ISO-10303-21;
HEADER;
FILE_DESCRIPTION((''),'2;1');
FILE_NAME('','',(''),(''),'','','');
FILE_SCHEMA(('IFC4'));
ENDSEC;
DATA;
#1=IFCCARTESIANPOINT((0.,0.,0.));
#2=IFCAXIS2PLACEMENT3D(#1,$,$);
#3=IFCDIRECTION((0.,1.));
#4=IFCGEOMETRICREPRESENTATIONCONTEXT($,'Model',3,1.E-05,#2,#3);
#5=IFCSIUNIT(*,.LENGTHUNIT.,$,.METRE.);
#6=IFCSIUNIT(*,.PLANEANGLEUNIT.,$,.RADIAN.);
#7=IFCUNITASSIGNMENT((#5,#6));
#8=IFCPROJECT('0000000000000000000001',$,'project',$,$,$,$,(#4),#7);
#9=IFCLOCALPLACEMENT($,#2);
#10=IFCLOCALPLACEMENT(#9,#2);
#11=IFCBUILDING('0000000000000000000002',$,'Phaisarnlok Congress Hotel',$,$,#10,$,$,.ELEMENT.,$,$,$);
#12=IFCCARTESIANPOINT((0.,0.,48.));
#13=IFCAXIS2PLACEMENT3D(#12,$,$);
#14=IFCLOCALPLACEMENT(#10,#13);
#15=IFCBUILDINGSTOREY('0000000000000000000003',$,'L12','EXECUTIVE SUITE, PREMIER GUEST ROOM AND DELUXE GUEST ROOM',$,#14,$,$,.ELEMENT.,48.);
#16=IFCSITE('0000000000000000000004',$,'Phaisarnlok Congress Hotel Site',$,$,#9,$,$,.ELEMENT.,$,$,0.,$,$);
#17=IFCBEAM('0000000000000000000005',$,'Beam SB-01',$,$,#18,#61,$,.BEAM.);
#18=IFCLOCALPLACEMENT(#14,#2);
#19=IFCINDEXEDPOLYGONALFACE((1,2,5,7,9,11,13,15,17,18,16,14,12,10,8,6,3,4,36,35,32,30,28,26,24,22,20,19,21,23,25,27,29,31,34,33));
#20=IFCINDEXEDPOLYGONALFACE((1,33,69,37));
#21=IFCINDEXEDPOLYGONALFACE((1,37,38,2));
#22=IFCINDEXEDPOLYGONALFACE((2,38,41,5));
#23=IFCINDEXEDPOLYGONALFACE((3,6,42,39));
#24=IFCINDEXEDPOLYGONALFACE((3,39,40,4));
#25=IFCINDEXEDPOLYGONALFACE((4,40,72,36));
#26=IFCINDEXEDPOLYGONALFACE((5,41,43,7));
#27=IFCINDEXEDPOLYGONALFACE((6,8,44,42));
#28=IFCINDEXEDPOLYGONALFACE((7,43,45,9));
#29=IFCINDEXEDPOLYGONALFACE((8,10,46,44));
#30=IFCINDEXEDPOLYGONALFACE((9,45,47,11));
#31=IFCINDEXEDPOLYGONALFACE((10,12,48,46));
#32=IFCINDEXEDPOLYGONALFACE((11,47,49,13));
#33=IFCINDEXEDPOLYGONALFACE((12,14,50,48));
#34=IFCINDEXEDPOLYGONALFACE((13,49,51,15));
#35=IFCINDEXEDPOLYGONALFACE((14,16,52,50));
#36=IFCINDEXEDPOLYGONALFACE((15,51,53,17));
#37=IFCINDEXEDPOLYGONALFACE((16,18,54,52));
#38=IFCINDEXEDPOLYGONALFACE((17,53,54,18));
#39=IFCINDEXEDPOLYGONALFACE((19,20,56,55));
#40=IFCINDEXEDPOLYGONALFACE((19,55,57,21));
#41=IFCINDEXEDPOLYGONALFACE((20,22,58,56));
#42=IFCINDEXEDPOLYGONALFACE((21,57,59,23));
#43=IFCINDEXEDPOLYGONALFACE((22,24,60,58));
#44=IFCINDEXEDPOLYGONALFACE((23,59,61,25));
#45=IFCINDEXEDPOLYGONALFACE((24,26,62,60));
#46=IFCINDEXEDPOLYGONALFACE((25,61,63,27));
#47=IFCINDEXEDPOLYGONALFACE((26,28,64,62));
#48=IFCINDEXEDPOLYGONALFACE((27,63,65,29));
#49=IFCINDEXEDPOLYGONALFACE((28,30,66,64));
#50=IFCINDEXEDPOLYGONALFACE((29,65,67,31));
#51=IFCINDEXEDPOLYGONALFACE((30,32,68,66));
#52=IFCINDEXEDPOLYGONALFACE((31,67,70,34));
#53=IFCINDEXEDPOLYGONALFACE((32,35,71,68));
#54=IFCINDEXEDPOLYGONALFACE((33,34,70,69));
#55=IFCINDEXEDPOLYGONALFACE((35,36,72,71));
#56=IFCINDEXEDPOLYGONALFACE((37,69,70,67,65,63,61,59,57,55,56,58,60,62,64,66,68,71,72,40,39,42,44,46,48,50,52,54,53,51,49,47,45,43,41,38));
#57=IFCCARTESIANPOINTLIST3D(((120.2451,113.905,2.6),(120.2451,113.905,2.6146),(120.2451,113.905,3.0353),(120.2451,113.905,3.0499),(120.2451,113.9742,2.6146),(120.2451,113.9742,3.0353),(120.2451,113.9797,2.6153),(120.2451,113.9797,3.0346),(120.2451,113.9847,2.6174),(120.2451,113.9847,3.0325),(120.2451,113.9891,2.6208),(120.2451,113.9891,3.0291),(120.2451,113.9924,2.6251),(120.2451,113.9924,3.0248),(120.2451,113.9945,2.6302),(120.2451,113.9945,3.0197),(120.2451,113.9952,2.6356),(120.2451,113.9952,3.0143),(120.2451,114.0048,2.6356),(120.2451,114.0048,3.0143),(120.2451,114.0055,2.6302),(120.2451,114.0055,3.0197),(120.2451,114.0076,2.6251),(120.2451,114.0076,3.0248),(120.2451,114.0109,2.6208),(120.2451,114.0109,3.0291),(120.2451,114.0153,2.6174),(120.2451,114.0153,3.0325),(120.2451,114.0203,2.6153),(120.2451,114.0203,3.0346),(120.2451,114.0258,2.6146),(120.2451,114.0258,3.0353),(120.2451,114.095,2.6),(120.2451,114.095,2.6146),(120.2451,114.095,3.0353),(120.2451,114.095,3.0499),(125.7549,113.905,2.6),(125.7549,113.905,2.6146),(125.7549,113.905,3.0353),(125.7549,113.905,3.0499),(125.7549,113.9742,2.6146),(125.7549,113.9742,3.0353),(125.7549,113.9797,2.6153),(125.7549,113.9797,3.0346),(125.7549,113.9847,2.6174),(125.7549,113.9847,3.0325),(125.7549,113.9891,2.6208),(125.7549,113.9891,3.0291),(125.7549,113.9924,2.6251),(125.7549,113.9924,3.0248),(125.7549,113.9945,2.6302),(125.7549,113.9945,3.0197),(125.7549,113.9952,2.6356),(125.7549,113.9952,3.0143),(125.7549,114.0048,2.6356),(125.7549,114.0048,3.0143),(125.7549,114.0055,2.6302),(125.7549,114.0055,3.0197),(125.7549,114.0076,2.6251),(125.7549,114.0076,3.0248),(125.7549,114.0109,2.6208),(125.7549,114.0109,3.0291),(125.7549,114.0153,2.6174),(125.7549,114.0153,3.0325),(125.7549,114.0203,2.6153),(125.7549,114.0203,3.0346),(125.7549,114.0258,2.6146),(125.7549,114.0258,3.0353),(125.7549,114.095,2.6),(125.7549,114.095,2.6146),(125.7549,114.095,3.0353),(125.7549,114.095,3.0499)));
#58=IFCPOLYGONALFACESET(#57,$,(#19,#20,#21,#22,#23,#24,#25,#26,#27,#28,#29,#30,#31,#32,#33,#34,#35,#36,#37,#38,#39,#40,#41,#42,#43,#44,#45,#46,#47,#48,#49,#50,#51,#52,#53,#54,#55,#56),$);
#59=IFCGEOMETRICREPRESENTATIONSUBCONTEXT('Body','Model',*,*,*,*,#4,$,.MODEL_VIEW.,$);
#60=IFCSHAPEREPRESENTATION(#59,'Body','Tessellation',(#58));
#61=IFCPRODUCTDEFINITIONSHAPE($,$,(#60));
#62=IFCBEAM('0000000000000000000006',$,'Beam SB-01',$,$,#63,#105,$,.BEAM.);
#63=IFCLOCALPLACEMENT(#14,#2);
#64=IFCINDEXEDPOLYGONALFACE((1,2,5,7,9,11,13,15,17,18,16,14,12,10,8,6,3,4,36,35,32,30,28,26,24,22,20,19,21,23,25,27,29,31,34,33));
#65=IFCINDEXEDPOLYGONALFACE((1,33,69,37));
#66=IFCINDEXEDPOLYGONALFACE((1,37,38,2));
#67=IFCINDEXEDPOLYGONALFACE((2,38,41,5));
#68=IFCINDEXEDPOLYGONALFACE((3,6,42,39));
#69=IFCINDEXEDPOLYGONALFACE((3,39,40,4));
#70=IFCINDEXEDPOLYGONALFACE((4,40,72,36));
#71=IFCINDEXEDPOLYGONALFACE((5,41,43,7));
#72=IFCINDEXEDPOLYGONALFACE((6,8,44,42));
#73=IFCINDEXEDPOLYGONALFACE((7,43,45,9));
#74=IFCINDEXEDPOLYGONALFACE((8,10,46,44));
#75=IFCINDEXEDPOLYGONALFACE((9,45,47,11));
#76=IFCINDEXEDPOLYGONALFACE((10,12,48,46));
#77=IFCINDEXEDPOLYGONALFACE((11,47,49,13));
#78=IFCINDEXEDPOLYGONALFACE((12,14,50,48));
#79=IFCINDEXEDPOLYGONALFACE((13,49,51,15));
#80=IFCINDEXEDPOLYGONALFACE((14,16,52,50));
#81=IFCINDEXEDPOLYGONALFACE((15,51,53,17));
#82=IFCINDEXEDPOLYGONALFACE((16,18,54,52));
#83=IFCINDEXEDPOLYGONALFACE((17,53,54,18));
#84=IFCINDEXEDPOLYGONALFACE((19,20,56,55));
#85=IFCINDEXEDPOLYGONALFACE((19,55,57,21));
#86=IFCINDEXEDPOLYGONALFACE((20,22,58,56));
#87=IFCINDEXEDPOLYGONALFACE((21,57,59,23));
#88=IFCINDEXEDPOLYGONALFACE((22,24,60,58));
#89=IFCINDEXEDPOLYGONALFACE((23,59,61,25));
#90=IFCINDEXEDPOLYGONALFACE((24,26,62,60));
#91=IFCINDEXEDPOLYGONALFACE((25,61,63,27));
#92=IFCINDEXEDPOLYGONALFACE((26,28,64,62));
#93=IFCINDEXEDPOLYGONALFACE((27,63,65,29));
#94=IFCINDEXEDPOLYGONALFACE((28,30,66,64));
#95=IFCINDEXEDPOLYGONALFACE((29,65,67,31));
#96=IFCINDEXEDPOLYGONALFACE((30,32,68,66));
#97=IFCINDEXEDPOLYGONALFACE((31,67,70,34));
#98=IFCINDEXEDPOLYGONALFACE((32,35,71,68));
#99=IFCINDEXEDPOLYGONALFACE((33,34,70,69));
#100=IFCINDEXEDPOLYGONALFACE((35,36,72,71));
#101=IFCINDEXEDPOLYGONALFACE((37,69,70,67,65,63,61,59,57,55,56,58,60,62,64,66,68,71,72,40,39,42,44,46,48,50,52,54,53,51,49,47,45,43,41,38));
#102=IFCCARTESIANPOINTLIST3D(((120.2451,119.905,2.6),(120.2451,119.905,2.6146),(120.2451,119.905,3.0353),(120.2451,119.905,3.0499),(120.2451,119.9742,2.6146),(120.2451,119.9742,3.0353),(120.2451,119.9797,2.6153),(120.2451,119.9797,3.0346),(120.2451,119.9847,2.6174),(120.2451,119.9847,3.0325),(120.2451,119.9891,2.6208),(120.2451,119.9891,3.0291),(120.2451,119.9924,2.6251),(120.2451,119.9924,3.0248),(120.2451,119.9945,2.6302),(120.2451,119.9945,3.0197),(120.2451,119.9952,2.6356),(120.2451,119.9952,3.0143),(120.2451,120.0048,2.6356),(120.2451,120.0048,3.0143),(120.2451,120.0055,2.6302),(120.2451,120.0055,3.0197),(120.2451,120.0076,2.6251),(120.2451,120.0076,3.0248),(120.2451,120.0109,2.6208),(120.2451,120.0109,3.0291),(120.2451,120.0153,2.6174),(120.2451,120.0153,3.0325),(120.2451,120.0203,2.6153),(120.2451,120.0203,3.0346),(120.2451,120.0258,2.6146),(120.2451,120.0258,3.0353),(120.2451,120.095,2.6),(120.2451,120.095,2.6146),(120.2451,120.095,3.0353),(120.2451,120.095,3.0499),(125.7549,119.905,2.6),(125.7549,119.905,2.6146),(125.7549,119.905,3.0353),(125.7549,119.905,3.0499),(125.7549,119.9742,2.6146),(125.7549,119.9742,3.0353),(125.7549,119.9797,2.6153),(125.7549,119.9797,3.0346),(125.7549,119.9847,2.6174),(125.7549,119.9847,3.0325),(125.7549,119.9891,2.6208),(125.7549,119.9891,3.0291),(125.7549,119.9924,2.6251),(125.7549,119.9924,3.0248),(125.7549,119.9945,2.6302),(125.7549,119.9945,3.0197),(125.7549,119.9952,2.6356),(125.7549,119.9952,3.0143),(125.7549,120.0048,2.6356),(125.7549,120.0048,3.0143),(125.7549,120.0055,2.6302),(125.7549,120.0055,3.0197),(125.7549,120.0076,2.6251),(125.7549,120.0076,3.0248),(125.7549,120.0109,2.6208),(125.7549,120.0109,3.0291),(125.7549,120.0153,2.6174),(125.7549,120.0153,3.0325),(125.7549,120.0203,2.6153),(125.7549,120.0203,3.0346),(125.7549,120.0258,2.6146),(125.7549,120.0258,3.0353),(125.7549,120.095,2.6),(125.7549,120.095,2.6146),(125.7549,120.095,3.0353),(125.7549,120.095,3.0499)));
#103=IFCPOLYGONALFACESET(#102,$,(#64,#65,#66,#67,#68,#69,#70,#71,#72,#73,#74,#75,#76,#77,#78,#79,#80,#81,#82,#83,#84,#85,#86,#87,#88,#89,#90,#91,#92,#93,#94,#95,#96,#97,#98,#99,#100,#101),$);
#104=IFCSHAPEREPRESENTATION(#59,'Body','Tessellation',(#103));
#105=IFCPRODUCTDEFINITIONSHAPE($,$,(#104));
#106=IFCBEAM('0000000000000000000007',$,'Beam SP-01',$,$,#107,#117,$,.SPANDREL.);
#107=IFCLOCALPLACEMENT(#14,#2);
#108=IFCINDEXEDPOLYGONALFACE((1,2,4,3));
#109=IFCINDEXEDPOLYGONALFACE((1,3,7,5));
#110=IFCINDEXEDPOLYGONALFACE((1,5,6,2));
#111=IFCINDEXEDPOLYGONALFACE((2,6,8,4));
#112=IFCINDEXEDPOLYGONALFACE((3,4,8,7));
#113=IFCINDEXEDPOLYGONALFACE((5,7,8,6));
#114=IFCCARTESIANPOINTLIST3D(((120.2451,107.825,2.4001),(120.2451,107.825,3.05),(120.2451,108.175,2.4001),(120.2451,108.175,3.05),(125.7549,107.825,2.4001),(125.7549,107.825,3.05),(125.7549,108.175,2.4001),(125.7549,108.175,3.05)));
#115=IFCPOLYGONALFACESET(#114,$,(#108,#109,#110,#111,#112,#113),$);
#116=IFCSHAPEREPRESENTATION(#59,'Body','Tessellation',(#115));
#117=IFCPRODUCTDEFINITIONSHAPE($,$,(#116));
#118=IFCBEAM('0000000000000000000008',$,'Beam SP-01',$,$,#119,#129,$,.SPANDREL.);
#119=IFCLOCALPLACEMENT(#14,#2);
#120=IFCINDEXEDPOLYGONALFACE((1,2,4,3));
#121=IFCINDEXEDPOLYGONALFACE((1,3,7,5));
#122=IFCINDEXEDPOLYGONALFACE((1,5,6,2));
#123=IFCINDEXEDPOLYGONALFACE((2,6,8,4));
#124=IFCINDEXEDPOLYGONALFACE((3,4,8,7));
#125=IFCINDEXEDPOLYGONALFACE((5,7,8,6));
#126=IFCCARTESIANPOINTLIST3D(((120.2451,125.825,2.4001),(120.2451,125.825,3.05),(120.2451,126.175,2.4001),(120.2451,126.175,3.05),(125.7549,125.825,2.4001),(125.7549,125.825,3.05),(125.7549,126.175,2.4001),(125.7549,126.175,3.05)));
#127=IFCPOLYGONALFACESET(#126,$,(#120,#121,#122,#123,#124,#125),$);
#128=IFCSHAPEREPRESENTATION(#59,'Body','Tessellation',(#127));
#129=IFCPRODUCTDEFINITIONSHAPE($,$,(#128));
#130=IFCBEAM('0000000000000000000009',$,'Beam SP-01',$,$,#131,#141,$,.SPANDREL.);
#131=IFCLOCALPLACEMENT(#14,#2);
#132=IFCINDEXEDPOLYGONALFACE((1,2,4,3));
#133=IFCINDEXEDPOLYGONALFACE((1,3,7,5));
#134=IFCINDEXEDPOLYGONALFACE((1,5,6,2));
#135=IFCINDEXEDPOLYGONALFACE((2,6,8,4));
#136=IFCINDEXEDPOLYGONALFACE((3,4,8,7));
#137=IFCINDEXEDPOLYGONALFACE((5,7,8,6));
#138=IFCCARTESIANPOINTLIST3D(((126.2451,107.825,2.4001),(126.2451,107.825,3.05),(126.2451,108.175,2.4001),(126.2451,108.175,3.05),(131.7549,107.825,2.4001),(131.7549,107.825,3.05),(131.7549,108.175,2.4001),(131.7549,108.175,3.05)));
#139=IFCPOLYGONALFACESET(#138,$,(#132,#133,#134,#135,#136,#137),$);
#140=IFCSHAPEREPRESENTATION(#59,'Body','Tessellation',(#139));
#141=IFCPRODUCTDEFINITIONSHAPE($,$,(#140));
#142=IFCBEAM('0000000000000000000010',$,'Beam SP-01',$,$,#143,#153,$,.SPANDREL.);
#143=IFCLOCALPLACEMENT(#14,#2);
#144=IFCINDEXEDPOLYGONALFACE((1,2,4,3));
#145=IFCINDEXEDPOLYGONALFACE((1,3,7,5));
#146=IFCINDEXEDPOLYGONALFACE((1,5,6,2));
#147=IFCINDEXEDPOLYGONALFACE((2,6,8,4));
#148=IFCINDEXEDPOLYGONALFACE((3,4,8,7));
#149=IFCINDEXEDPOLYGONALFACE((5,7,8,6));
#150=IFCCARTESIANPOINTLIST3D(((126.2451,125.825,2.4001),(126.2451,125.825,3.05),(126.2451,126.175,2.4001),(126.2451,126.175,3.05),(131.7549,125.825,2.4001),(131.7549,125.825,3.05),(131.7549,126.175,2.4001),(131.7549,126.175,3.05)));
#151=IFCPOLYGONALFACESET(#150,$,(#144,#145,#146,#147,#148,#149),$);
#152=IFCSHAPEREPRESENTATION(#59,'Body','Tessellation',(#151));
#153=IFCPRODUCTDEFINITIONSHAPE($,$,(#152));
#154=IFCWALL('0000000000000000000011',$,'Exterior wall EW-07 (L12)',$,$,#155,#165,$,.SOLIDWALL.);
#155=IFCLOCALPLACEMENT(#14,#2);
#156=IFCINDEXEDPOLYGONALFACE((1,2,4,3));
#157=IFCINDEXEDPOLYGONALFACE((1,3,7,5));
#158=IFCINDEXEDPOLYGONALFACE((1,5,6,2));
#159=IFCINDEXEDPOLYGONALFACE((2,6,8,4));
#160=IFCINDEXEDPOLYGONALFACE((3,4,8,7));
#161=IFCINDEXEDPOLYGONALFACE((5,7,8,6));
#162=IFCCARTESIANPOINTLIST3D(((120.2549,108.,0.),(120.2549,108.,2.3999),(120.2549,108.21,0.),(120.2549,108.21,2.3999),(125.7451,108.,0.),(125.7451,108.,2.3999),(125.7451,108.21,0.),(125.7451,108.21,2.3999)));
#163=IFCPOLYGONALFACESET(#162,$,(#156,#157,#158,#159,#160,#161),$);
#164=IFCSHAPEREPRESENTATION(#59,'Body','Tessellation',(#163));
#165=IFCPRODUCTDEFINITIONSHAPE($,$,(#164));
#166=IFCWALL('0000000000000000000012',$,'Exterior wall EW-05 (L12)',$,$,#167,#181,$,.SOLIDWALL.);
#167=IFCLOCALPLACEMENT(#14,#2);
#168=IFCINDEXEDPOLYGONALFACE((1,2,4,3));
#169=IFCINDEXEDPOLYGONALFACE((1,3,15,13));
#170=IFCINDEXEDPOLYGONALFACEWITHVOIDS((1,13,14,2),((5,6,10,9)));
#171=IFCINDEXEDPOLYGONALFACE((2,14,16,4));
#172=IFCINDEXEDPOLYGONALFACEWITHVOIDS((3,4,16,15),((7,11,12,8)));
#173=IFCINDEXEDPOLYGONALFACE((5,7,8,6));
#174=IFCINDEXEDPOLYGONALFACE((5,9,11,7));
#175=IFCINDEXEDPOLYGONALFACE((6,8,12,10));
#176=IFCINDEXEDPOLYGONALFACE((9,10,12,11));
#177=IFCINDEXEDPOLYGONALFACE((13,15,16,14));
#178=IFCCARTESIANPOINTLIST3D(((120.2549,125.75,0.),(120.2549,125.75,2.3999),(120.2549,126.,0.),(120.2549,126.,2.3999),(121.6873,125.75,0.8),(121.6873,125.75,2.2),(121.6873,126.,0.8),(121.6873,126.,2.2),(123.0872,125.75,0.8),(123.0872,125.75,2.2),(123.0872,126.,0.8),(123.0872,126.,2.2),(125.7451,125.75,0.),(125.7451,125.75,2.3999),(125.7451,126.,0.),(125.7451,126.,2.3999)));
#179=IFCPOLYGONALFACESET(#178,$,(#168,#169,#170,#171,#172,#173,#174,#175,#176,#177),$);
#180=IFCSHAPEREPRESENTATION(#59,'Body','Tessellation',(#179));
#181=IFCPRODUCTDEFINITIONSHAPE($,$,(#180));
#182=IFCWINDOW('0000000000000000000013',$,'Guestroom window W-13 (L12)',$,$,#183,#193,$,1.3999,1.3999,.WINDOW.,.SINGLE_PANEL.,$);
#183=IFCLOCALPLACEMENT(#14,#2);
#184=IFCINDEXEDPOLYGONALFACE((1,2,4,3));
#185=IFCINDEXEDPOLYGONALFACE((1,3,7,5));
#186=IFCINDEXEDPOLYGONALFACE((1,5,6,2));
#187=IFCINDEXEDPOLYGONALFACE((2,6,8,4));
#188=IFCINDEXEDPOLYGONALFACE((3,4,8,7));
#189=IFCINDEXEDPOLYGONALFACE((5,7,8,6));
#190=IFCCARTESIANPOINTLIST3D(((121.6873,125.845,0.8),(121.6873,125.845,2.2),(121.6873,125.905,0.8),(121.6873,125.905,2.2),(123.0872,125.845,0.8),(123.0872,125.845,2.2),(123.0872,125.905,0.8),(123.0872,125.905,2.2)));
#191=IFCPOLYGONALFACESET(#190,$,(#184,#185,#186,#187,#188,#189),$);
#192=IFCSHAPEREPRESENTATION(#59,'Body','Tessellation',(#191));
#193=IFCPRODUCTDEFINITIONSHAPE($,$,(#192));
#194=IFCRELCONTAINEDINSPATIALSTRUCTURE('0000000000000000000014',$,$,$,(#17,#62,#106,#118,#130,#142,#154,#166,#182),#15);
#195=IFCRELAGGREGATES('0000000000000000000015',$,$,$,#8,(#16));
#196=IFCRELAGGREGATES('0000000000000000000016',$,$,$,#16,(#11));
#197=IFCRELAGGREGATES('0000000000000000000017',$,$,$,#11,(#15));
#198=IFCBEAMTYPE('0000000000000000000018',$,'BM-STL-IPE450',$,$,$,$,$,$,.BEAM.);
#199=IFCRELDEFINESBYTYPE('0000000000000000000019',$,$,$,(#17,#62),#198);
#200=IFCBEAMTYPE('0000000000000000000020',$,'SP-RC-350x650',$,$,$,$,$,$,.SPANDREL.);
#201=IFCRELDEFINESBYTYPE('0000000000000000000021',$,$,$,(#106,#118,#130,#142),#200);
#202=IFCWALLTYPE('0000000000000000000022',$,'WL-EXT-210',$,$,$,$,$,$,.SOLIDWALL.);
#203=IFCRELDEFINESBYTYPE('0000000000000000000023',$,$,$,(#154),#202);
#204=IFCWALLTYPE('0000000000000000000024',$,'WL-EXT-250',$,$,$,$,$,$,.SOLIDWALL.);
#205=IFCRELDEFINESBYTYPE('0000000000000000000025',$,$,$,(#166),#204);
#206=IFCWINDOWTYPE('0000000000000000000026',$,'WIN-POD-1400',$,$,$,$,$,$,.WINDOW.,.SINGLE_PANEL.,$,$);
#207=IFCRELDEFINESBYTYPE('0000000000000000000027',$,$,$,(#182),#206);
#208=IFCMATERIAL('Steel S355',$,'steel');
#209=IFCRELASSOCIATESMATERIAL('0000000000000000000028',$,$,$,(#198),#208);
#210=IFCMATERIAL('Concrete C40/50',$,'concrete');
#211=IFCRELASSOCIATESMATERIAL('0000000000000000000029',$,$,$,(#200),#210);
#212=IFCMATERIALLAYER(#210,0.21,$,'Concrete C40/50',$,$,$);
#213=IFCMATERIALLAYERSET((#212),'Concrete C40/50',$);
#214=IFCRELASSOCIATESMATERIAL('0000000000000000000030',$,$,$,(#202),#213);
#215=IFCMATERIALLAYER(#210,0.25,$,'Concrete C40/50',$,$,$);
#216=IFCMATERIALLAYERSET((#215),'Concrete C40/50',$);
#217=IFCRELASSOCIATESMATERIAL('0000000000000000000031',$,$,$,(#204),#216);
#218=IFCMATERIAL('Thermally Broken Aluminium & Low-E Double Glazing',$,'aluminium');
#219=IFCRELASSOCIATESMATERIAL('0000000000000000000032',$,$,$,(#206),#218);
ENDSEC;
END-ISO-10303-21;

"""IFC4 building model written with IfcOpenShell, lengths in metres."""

from ifc_helpers import new_model, si_unit, direction, frame, frame_2d, origin, origin_2d, place, context, subcontext, project, spatial, rectangle, i_section, extrude, material, layer, layer_set, material_profile, profile_set, type_object, element, fill, save


model = new_model("IFC4")

# Units and contexts
model_context = context("Model", 3, precision=1e-05, world=origin(), true_north=direction((0.0, 1.0)))
body_context = subcontext(model_context, "Body", "Model", "MODEL_VIEW")
ifc_project = project(units=[si_unit("LENGTHUNIT", "METRE"), si_unit("PLANEANGLEUNIT", "RADIAN")], contexts=[model_context])

# Site, building, storey
site_placement = place(None, origin())
site = spatial("IfcSite", under=ifc_project, at=site_placement, Name="Phaisarnlok Congress Hotel Site", CompositionType="ELEMENT", RefElevation=0.0)
building_placement = place(site_placement, origin())
building = spatial("IfcBuilding", under=site, at=building_placement, Name="Phaisarnlok Congress Hotel", CompositionType="ELEMENT")
storey_placement = place(building_placement, frame((0.0, 0.0, 48.0)))
storey = spatial("IfcBuildingStorey", under=building, at=storey_placement, Name="L12", Description="EXECUTIVE SUITE, PREMIER GUEST ROOM AND DELUXE GUEST ROOM", CompositionType="ELEMENT", Elevation=48.0)

# Beams
ifc_material_1 = material(Name="Concrete C40/50", Category="concrete")
ifc_material_2 = material(Name="Steel S355", Category="steel")
ifc_material_profile_1 = material_profile(ifc_material_2, i_section(OverallWidth=0.1899, OverallDepth=0.45, WebThickness=0.0095, FlangeThickness=0.0146, FilletRadius=0.021, at=origin_2d()), Name="IPE 450")
ifc_profile_set_1 = profile_set([ifc_material_profile_1], Name="Steel S355")
beam_type_1 = type_object("IfcBeamType", Name="BM-STL-IPE450", PredefinedType="BEAM", material=ifc_profile_set_1)
for number, where, z_axis, x_axis, name in (
    (1, (120.2451, 114.0, 2.825), (1.0, 0.0, 0.0), (0.0, 1.0, 0.0), "Beam SB-01"),
    (2, (120.2451, 120.0, 2.825), (1.0, 0.0, 0.0), (0.0, 1.0, 0.0), "Beam SB-01"),
):
    element("IfcBeam", number, at=place(storey_placement, frame(where, z_axis=z_axis, x_axis=x_axis)), inside=storey, type_object=beam_type_1, Name=name, PredefinedType="BEAM", context=body_context, shape_type="SweptSolid", body=[
        extrude(i_section(OverallWidth=0.1899, OverallDepth=0.45, WebThickness=0.0095, FlangeThickness=0.0146, FilletRadius=0.021, at=origin_2d()), origin(), (0.0, 0.0, 1.0), 5.5098),
    ])
ifc_material_profile_2 = material_profile(ifc_material_1, rectangle(XDim=0.3501, YDim=0.6499, at=origin_2d()), Name="RC 350x650")
ifc_profile_set_2 = profile_set([ifc_material_profile_2], Name="Concrete C40/50")
beam_type_2 = type_object("IfcBeamType", Name="SP-RC-350x650", PredefinedType="SPANDREL", material=ifc_profile_set_2)
for number, where, z_axis, x_axis, name in (
    (3, (120.2451, 108.0, 2.7251), (1.0, 0.0, 0.0), (0.0, 1.0, 0.0), "Beam SP-01"),
    (4, (120.2451, 126.0, 2.7251), (1.0, 0.0, 0.0), (0.0, 1.0, 0.0), "Beam SP-01"),
    (5, (126.2451, 108.0, 2.7251), (1.0, 0.0, 0.0), (0.0, 1.0, 0.0), "Beam SP-01"),
    (6, (126.2451, 126.0, 2.7251), (1.0, 0.0, 0.0), (0.0, 1.0, 0.0), "Beam SP-01"),
):
    element("IfcBeam", number, at=place(storey_placement, frame(where, z_axis=z_axis, x_axis=x_axis)), inside=storey, type_object=beam_type_2, Name=name, PredefinedType="SPANDREL", context=body_context, shape_type="SweptSolid", body=[
        extrude(rectangle(XDim=0.3501, YDim=0.6499, at=origin_2d()), origin(), (0.0, 0.0, 1.0), 5.5098),
    ])

# Wall
ifc_layer_1 = layer(ifc_material_1, 0.21, Name="Concrete C40/50")
ifc_layer_set_1 = layer_set([ifc_layer_1], Name="Concrete C40/50")
wall_type_1 = type_object("IfcWallType", Name="WL-EXT-210", PredefinedType="SOLIDWALL", material=ifc_layer_set_1)
wall_1_placement = place(storey_placement, frame((120.2549, 108.105, 0.0), z_axis=(0.0, 0.0, 1.0), x_axis=(1.0, 0.0, 0.0)))
element("IfcWall", 7, at=wall_1_placement, inside=storey, type_object=wall_type_1, Name="Exterior wall EW-07 (L12)", PredefinedType="SOLIDWALL", context=body_context, shape_type="SweptSolid", body=[
    extrude(rectangle(XDim=5.4902, YDim=0.21, at=frame_2d((2.7451, 0.0))), origin(), (0.0, 0.0, 1.0), 2.3999),
])

# Wall, opening, window
ifc_layer_2 = layer(ifc_material_1, 0.25, Name="Concrete C40/50")
ifc_layer_set_2 = layer_set([ifc_layer_2], Name="Concrete C40/50")
wall_type_2 = type_object("IfcWallType", Name="WL-EXT-250", PredefinedType="SOLIDWALL", material=ifc_layer_set_2)
wall_2_placement = place(storey_placement, frame((125.7451, 125.875, 0.0), z_axis=(0.0, 0.0, 1.0), x_axis=(-1.0, 0.0, 0.0)))
wall_2 = element("IfcWall", 8, at=wall_2_placement, inside=storey, type_object=wall_type_2, Name="Exterior wall EW-05 (L12)", PredefinedType="SOLIDWALL", context=body_context, shape_type="SweptSolid", body=[
    extrude(rectangle(XDim=5.4902, YDim=0.25, at=frame_2d((2.7451, 0.0))), origin(), (0.0, 0.0, 1.0), 2.3999),
])
opening_1_placement = place(wall_2_placement, frame((2.658, 0.0, 0.8)))
opening_1 = element("IfcOpeningElement", 9, at=opening_1_placement, cuts=wall_2, PredefinedType="OPENING", context=body_context, shape_type="SweptSolid", body=[
    extrude(rectangle(XDim=1.3999, YDim=1.3999, at=frame_2d((0.7, 0.7))), frame((0.0, 0.135, 0.0), z_axis=(0.0, -1.0, 0.0), x_axis=(1.0, 0.0, 0.0)), (0.0, 0.0, 1.0), 0.27),
])
ifc_material_3 = material(Name="Thermally Broken Aluminium & Low-E Double Glazing", Category="aluminium")
window_type = type_object("IfcWindowType", Name="WIN-POD-1400", PartitioningType="SINGLE_PANEL", PredefinedType="WINDOW", material=ifc_material_3)
window_1_placement = place(opening_1_placement, origin())
window_1 = element("IfcWindow", 10, at=window_1_placement, inside=storey, type_object=window_type, Name="Guestroom window W-13 (L12)", OverallHeight=1.3999, OverallWidth=1.3999, PartitioningType="SINGLE_PANEL", PredefinedType="WINDOW", context=body_context, shape_type="SweptSolid", body=[
    extrude(rectangle(XDim=1.3999, YDim=1.3999, at=frame_2d((0.7, 0.7))), frame((0.0, 0.03, 0.0), z_axis=(0.0, -1.0, 0.0), x_axis=(1.0, 0.0, 0.0)), (0.0, 0.0, 1.0), 0.0601),
])
fill(opening_1, window_1)

save(model, "model.ifc")
